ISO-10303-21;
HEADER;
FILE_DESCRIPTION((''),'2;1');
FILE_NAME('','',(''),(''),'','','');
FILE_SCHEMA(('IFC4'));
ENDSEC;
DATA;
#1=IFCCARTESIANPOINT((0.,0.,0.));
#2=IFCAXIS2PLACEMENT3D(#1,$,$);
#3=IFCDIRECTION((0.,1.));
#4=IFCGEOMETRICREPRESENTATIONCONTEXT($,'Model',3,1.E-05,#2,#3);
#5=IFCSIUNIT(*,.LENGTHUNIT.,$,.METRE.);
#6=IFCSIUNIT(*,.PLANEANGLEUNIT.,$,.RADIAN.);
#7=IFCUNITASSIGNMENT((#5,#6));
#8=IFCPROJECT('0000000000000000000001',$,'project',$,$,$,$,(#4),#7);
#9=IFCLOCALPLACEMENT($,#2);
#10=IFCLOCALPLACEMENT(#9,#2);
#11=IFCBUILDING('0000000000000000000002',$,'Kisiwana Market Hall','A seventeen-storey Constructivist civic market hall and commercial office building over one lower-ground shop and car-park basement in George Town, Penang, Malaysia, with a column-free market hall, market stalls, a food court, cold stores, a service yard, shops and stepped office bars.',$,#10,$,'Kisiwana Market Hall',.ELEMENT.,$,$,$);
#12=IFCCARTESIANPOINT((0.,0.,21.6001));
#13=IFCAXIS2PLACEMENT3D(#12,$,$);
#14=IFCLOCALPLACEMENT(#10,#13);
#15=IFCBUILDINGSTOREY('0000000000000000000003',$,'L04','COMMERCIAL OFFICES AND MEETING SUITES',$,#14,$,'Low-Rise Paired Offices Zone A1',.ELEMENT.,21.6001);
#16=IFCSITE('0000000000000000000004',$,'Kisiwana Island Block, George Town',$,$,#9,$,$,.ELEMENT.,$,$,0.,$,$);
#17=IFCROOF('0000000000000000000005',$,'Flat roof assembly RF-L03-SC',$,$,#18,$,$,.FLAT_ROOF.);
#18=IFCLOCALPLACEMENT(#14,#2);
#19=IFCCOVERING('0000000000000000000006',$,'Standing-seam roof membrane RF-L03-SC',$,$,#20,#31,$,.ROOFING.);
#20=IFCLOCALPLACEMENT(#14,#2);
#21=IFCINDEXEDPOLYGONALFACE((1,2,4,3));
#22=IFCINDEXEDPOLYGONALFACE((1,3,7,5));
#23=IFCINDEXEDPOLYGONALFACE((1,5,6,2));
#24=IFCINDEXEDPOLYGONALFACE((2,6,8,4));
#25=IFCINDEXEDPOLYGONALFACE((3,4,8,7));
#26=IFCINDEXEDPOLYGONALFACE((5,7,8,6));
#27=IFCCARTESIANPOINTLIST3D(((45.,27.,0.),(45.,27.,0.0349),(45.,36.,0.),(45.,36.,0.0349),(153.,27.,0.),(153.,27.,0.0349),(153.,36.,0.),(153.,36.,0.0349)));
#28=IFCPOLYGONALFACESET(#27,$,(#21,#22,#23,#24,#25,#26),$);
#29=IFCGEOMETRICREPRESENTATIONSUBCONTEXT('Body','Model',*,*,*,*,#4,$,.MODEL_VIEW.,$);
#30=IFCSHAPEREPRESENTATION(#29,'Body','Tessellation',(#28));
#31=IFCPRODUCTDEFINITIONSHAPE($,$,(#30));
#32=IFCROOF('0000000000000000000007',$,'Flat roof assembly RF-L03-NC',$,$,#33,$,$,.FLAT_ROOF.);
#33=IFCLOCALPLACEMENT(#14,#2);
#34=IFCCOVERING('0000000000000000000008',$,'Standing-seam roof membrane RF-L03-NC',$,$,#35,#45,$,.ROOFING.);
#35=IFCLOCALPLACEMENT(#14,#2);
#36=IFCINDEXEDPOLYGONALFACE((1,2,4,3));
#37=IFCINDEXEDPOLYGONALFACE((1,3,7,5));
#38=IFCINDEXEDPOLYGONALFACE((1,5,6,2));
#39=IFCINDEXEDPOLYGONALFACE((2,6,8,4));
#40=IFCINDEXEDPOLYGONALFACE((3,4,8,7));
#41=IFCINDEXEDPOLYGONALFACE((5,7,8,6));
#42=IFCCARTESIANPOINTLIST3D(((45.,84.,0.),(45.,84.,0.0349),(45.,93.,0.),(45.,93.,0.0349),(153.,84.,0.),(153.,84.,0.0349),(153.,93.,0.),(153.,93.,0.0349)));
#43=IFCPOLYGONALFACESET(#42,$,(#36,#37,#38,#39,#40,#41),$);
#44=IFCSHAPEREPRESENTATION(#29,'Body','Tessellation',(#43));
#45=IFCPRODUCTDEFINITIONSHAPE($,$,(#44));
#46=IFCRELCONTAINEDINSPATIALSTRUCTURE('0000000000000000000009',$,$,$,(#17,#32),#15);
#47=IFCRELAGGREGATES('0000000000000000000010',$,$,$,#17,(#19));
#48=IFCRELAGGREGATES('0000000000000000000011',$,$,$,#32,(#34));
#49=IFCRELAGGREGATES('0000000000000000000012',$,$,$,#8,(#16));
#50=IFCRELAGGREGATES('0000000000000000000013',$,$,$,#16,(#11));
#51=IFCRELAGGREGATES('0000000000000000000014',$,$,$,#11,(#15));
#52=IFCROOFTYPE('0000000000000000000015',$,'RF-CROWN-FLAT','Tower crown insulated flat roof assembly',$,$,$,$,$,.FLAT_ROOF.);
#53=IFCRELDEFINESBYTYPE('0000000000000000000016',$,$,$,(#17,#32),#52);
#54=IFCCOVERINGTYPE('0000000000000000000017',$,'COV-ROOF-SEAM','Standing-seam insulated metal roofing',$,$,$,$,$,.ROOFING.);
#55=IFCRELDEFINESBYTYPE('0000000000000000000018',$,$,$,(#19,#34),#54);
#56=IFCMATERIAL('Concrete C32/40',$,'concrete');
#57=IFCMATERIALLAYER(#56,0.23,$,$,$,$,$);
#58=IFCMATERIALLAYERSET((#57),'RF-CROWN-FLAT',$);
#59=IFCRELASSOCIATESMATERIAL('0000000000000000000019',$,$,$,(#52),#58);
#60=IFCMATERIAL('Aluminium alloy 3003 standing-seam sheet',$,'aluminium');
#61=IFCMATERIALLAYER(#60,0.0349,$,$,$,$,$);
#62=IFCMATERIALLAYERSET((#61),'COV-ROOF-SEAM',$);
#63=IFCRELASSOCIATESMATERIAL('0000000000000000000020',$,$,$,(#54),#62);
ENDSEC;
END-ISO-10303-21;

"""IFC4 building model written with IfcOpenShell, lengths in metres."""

from ifc_helpers import new_model, si_unit, direction, frame, origin, place, context, subcontext, project, spatial, polyline, outline, extrude, material, layer, layer_set, type_object, element, aggregate, save


model = new_model("IFC4")

# Units and contexts
model_context = context("Model", 3, precision=1e-05, world=origin(), true_north=direction((0.0, 1.0)))
body_context = subcontext(model_context, "Body", "Model", "MODEL_VIEW")
ifc_project = project(units=[si_unit("LENGTHUNIT", "METRE"), si_unit("PLANEANGLEUNIT", "RADIAN")], contexts=[model_context])

# Site, building, storey
site_placement = place(None, origin())
site = spatial("IfcSite", under=ifc_project, at=site_placement, Name="Kisiwana Island Block, George Town", CompositionType="ELEMENT", RefElevation=0.0)
building_placement = place(site_placement, origin())
building = spatial("IfcBuilding", under=site, at=building_placement, Name="Kisiwana Market Hall", Description="A seventeen-storey Constructivist civic market hall and commercial office building over one lower-ground shop and car-park basement in George Town, Penang, Malaysia, with a column-free market hall, market stalls, a food court, cold stores, a service yard, shops and stepped office bars.", LongName="Kisiwana Market Hall", CompositionType="ELEMENT")
storey_placement = place(building_placement, frame((0.0, 0.0, 21.6001)))
storey = spatial("IfcBuildingStorey", under=building, at=storey_placement, Name="L04", Description="COMMERCIAL OFFICES AND MEETING SUITES", LongName="Low-Rise Paired Offices Zone A1", CompositionType="ELEMENT", Elevation=21.6001)

# Roofs, coverings
ifc_material_1 = material(Name="Concrete C32/40", Category="concrete")
ifc_layer_1 = layer(ifc_material_1, 0.23)
ifc_layer_set_1 = layer_set([ifc_layer_1], Name="RF-CROWN-FLAT")
roof_type = type_object("IfcRoofType", Name="RF-CROWN-FLAT", Description="Tower crown insulated flat roof assembly", PredefinedType="FLAT_ROOF", material=ifc_layer_set_1)
ifc_material_2 = material(Name="Aluminium alloy 3003 standing-seam sheet", Category="aluminium")
ifc_layer_2 = layer(ifc_material_2, 0.0349)
ifc_layer_set_2 = layer_set([ifc_layer_2], Name="COV-ROOF-SEAM")
covering_type = type_object("IfcCoveringType", Name="COV-ROOF-SEAM", Description="Standing-seam insulated metal roofing", PredefinedType="ROOFING", material=ifc_layer_set_2)
roof_1_placement = place(storey_placement, origin())
roof_1 = element("IfcRoof", 1, at=roof_1_placement, inside=storey, type_object=roof_type, Name="Flat roof assembly RF-L03-SC", PredefinedType="FLAT_ROOF")
covering_1_placement = place(storey_placement, origin())
covering_1 = element("IfcCovering", 2, at=covering_1_placement, type_object=covering_type, Name="Standing-seam roof membrane RF-L03-SC", PredefinedType="ROOFING", context=body_context, shape_type="SweptSolid", body=[
    extrude(outline(polyline([(45.0, 27.0), (153.0, 27.0), (153.0, 36.0), (45.0, 36.0), (45.0, 27.0)])), origin(), (0.0, 0.0, 1.0), 0.0349),
])
aggregate(roof_1, [covering_1])
roof_2_placement = place(storey_placement, origin())
roof_2 = element("IfcRoof", 3, at=roof_2_placement, inside=storey, type_object=roof_type, Name="Flat roof assembly RF-L03-NC", PredefinedType="FLAT_ROOF")
covering_2_placement = place(storey_placement, origin())
covering_2 = element("IfcCovering", 4, at=covering_2_placement, type_object=covering_type, Name="Standing-seam roof membrane RF-L03-NC", PredefinedType="ROOFING", context=body_context, shape_type="SweptSolid", body=[
    extrude(outline(polyline([(45.0, 84.0), (153.0, 84.0), (153.0, 93.0), (45.0, 93.0), (45.0, 84.0)])), origin(), (0.0, 0.0, 1.0), 0.0349),
])
aggregate(roof_2, [covering_2])

save(model, "model.ifc")
